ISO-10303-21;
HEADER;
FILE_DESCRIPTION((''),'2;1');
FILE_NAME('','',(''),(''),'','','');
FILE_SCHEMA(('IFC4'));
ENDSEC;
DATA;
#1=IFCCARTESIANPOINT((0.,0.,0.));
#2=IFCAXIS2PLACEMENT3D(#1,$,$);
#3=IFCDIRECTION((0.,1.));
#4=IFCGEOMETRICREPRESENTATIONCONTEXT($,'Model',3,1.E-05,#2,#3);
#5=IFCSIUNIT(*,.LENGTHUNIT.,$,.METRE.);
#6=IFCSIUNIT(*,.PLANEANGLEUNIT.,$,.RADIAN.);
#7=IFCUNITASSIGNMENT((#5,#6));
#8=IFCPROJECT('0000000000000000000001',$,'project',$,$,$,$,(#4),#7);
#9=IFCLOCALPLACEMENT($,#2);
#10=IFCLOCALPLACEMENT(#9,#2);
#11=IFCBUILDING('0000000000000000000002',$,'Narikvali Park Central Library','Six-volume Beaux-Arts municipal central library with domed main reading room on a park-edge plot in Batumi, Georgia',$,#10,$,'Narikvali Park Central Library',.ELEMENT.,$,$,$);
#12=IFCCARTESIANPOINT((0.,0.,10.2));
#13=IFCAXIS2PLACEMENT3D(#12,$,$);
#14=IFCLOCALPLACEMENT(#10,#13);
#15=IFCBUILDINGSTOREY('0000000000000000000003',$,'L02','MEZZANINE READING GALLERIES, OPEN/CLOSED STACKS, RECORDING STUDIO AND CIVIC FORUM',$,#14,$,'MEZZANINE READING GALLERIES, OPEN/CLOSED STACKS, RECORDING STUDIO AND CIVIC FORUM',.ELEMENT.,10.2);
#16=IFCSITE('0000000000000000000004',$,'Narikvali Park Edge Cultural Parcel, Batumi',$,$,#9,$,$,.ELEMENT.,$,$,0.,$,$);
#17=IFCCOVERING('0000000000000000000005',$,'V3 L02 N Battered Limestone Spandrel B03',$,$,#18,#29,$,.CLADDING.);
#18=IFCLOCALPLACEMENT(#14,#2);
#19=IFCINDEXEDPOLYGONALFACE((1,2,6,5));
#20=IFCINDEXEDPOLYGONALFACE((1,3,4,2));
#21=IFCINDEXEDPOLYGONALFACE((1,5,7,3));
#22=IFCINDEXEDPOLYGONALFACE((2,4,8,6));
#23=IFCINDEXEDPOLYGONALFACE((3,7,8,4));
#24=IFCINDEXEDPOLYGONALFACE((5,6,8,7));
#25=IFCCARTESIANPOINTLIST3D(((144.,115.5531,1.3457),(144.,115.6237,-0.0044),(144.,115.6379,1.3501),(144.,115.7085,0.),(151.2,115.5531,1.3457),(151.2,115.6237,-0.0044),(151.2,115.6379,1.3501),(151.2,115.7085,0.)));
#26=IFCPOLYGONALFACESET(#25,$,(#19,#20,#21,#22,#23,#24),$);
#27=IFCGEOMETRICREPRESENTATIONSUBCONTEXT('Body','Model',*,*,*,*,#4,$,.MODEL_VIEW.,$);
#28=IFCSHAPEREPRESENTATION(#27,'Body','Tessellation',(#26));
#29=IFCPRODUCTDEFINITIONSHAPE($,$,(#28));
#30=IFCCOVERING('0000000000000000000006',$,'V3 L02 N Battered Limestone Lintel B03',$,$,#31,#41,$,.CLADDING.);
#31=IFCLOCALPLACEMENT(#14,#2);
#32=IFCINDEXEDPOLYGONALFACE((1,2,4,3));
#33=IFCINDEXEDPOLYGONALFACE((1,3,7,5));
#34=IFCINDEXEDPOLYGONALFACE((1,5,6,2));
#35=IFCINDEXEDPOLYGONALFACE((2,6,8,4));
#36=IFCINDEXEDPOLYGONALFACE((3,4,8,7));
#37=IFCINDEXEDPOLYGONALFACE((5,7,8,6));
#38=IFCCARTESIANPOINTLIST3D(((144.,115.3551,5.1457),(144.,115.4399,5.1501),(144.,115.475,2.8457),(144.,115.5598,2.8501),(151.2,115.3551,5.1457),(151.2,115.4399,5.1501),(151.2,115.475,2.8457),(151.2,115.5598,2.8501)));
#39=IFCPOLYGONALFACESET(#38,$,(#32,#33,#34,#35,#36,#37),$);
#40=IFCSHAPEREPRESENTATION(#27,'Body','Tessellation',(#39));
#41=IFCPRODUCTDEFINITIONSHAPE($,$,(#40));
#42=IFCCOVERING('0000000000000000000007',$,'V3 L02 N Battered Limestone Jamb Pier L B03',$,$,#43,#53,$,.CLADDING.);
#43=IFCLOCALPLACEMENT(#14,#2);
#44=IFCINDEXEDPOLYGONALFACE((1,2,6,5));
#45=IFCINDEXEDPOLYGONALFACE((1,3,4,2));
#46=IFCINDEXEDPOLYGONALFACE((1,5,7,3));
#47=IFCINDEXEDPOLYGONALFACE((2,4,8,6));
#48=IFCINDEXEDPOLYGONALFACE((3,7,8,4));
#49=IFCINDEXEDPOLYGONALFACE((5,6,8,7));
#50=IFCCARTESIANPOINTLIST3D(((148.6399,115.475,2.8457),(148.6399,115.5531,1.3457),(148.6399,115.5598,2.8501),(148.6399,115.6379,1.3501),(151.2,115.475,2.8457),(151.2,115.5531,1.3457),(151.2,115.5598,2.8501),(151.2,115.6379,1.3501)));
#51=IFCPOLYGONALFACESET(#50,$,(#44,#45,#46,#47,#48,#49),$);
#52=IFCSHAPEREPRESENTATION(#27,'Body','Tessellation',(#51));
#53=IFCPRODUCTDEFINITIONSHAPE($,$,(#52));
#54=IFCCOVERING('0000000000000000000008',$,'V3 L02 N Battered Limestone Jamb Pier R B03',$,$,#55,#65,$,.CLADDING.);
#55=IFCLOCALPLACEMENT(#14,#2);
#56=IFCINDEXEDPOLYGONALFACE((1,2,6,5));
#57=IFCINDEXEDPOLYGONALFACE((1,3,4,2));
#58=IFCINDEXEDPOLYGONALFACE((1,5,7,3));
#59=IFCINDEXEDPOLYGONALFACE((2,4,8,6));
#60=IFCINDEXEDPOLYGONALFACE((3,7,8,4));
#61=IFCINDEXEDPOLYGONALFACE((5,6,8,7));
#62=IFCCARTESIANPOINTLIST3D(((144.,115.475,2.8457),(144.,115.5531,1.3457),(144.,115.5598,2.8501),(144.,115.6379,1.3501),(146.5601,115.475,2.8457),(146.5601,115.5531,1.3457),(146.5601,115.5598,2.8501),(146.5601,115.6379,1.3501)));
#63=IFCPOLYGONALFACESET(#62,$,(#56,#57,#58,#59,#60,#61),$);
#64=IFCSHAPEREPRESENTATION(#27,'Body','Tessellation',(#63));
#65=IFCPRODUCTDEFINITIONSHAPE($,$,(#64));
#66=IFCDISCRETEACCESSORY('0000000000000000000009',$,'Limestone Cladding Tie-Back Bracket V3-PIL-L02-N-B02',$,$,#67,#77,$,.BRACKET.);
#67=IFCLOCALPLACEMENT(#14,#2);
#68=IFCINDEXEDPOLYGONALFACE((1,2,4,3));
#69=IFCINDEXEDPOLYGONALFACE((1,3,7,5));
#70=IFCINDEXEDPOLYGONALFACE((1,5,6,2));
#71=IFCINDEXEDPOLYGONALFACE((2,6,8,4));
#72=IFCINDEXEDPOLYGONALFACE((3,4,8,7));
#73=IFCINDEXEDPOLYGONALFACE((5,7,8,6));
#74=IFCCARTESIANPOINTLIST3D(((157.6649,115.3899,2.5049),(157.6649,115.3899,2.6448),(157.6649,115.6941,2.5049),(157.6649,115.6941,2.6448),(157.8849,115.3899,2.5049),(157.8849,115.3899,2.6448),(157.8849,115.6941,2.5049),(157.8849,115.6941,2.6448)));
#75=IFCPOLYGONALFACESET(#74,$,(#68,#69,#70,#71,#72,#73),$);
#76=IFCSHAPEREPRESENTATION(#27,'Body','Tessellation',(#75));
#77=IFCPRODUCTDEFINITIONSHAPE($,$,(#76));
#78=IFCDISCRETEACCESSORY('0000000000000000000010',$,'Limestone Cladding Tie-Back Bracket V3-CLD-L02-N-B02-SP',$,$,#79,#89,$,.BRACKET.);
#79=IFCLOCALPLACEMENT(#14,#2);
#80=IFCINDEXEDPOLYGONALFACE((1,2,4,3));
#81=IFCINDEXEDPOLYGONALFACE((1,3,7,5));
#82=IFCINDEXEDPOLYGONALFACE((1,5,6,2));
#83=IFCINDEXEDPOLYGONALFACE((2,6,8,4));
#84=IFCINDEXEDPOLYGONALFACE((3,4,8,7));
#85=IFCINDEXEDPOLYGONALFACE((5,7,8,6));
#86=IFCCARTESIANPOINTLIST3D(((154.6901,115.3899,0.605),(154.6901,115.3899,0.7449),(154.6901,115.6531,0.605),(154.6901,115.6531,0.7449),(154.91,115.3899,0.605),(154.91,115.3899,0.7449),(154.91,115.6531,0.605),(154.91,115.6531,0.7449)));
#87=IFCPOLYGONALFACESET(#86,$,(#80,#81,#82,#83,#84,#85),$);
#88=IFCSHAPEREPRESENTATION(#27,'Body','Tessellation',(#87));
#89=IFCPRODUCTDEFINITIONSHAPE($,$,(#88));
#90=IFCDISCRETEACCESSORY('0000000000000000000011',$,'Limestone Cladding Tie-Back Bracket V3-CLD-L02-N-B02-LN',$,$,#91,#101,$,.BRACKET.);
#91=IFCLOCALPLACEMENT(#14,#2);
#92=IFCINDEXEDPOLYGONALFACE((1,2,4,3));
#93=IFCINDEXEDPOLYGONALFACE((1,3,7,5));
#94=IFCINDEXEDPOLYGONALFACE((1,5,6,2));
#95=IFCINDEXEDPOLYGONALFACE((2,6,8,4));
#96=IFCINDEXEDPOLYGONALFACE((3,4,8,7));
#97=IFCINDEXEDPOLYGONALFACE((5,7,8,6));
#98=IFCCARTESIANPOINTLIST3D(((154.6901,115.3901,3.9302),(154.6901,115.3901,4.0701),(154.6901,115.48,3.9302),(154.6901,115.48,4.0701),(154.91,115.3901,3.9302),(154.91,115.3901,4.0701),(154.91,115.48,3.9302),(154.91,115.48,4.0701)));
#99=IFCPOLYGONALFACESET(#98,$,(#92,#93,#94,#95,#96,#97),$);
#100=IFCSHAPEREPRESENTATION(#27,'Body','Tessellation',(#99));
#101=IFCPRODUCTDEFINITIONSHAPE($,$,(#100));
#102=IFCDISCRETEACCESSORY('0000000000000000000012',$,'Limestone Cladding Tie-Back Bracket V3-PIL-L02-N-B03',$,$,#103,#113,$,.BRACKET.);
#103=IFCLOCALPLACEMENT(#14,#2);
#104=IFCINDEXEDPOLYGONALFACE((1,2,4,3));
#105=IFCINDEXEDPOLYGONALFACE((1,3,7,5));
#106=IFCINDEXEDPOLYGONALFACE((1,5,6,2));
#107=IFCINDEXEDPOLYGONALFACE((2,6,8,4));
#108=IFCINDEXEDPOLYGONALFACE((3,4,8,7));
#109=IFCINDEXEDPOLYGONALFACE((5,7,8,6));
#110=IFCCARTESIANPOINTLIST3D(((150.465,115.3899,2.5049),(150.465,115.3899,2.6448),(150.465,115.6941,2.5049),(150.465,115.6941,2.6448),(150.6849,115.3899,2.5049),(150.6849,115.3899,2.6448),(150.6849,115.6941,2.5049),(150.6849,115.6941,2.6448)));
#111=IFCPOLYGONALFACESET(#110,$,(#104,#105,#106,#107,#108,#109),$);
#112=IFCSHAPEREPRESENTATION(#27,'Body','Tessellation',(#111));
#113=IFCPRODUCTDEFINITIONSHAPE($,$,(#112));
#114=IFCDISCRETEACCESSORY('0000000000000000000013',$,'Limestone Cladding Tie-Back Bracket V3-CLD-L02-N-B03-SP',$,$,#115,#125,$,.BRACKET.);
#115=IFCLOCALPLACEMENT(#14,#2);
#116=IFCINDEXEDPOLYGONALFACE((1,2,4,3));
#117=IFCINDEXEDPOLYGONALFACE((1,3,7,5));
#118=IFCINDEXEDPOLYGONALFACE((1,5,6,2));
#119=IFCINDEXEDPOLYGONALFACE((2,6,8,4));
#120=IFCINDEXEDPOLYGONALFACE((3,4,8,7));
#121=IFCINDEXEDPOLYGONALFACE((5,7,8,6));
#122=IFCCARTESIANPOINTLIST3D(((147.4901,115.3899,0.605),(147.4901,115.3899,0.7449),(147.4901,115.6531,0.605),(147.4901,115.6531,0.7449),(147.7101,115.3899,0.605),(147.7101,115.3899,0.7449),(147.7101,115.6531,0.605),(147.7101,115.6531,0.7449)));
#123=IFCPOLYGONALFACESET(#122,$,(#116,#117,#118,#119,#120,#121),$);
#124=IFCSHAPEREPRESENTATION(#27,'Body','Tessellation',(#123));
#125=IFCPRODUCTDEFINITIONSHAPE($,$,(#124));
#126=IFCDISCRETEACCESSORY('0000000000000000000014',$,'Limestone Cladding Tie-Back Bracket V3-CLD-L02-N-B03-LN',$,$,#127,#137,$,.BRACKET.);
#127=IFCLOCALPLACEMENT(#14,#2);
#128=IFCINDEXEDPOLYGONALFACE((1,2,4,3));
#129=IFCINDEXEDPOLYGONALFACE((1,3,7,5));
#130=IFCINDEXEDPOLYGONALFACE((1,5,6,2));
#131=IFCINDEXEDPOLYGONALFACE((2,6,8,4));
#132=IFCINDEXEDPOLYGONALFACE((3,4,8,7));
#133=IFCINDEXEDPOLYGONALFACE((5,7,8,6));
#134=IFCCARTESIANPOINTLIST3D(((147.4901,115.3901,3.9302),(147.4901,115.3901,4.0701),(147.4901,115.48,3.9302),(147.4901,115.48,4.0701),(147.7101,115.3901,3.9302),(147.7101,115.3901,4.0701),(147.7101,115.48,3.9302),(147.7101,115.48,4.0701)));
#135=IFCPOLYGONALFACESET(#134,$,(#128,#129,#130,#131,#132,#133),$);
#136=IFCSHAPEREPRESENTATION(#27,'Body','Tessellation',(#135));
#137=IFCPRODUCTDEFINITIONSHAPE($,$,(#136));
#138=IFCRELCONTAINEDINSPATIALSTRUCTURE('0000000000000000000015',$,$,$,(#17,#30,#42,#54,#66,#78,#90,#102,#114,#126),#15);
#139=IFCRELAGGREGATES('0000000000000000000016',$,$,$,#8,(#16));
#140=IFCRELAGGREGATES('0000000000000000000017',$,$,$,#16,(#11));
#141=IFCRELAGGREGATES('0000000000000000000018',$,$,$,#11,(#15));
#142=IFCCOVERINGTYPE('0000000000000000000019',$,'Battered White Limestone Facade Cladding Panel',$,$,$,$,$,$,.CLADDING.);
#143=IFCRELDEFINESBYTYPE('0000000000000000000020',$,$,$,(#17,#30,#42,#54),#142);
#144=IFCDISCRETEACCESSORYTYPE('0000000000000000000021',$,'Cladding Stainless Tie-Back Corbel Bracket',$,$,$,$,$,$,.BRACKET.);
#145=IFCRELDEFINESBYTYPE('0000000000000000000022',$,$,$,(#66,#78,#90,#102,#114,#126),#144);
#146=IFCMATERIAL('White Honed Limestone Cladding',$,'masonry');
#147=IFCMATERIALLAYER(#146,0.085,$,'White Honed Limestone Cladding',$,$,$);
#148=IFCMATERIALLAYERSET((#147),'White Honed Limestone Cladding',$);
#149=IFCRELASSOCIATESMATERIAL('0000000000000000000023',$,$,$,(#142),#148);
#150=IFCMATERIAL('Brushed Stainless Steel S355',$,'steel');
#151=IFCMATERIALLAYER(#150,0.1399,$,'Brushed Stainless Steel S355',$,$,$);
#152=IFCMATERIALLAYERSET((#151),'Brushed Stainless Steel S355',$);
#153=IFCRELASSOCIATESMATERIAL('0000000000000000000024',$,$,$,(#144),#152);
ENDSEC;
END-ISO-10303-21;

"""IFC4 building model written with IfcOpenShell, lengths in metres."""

from ifc_helpers import new_model, si_unit, direction, frame, origin, origin_2d, place, context, subcontext, project, spatial, polyline, rectangle, outline, extrude, material, layer, layer_set, type_object, element, save


model = new_model("IFC4")

# Units and contexts
model_context = context("Model", 3, precision=1e-05, world=origin(), true_north=direction((0.0, 1.0)))
body_context = subcontext(model_context, "Body", "Model", "MODEL_VIEW")
ifc_project = project(units=[si_unit("LENGTHUNIT", "METRE"), si_unit("PLANEANGLEUNIT", "RADIAN")], contexts=[model_context])

# Site, building, storey
site_placement = place(None, origin())
site = spatial("IfcSite", under=ifc_project, at=site_placement, Name="Narikvali Park Edge Cultural Parcel, Batumi", CompositionType="ELEMENT", RefElevation=0.0)
building_placement = place(site_placement, origin())
building = spatial("IfcBuilding", under=site, at=building_placement, Name="Narikvali Park Central Library", Description="Six-volume Beaux-Arts municipal central library with domed main reading room on a park-edge plot in Batumi, Georgia", LongName="Narikvali Park Central Library", CompositionType="ELEMENT")
storey_placement = place(building_placement, frame((0.0, 0.0, 10.2)))
storey = spatial("IfcBuildingStorey", under=building, at=storey_placement, Name="L02", Description="MEZZANINE READING GALLERIES, OPEN/CLOSED STACKS, RECORDING STUDIO AND CIVIC FORUM", LongName="MEZZANINE READING GALLERIES, OPEN/CLOSED STACKS, RECORDING STUDIO AND CIVIC FORUM", CompositionType="ELEMENT", Elevation=10.2)

# Coverings
ifc_material_1 = material(Name="White Honed Limestone Cladding", Category="masonry")
ifc_layer_1 = layer(ifc_material_1, 0.085, Name="White Honed Limestone Cladding")
ifc_layer_set_1 = layer_set([ifc_layer_1], Name="White Honed Limestone Cladding")
covering_type = type_object("IfcCoveringType", Name="Battered White Limestone Facade Cladding Panel", PredefinedType="CLADDING", material=ifc_layer_set_1)
covering_1_placement = place(storey_placement, frame((151.2, 115.7085, 0.0), z_axis=(0.0, 0.998637, 0.052189), x_axis=(-1.0, 0.0, 0.0)))
element("IfcCovering", 1, at=covering_1_placement, inside=storey, type_object=covering_type, Name="V3 L02 N Battered Limestone Spandrel B03", PredefinedType="CLADDING", context=body_context, shape_type="SweptSolid", body=[
    extrude(outline(polyline([(0.0, 0.0), (7.2, 0.0), (7.2, 1.3519), (0.0, 1.3519), (0.0, 0.0)])), origin(), (0.0, 0.0, -1.0), 0.085),
])
covering_2_placement = place(storey_placement, frame((151.2, 115.5598, 2.8501), z_axis=(0.0, 0.998645, 0.052047), x_axis=(-1.0, 0.0, 0.0)))
element("IfcCovering", 2, at=covering_2_placement, inside=storey, type_object=covering_type, Name="V3 L02 N Battered Limestone Lintel B03", PredefinedType="CLADDING", context=body_context, shape_type="SweptSolid", body=[
    extrude(outline(polyline([(0.0, 0.0), (7.2, 0.0), (7.2, 2.3032), (0.0, 2.3032), (0.0, 0.0)])), origin(), (0.0, 0.0, -1.0), 0.085),
])
for number, where, z_axis, x_axis, name in (
    (3, (151.2, 115.6379, 1.3501), (0.0, 0.998646, 0.052013), (-1.0, 0.0, 0.0), "V3 L02 N Battered Limestone Jamb Pier L B03"),
    (4, (146.5601, 115.6379, 1.3501), (0.0, 0.998646, 0.052013), (-1.0, 0.0, 0.0), "V3 L02 N Battered Limestone Jamb Pier R B03"),
):
    element("IfcCovering", number, at=place(storey_placement, frame(where, z_axis=z_axis, x_axis=x_axis)), inside=storey, type_object=covering_type, Name=name, PredefinedType="CLADDING", context=body_context, shape_type="SweptSolid", body=[
        extrude(outline(polyline([(0.0, 0.0), (2.5601, 0.0), (2.5601, 1.502), (0.0, 1.502), (0.0, 0.0)])), origin(), (0.0, 0.0, -1.0), 0.085),
    ])

# Discrete accessories
ifc_material_2 = material(Name="Brushed Stainless Steel S355", Category="steel")
ifc_layer_2 = layer(ifc_material_2, 0.1399, Name="Brushed Stainless Steel S355")
ifc_layer_set_2 = layer_set([ifc_layer_2], Name="Brushed Stainless Steel S355")
discrete_accessory_type = type_object("IfcDiscreteAccessoryType", Name="Cladding Stainless Tie-Back Corbel Bracket", PredefinedType="BRACKET", material=ifc_layer_set_2)
discrete_accessory_1_placement = place(storey_placement, frame((157.7749, 115.542, 2.5049), z_axis=(0.0, 0.0, 1.0), x_axis=(1.0, 0.0, 0.0)))
element("IfcDiscreteAccessory", 5, at=discrete_accessory_1_placement, inside=storey, type_object=discrete_accessory_type, Name="Limestone Cladding Tie-Back Bracket V3-PIL-L02-N-B02", PredefinedType="BRACKET", context=body_context, shape_type="SweptSolid", body=[
    extrude(rectangle(XDim=0.22, YDim=0.3042, at=origin_2d()), origin(), (0.0, 0.0, 1.0), 0.1399),
])
discrete_accessory_2_placement = place(storey_placement, frame((154.8, 115.5215, 0.605), z_axis=(0.0, 0.0, 1.0), x_axis=(1.0, 0.0, 0.0)))
element("IfcDiscreteAccessory", 6, at=discrete_accessory_2_placement, inside=storey, type_object=discrete_accessory_type, Name="Limestone Cladding Tie-Back Bracket V3-CLD-L02-N-B02-SP", PredefinedType="BRACKET", context=body_context, shape_type="SweptSolid", body=[
    extrude(rectangle(XDim=0.22, YDim=0.2632, at=origin_2d()), origin(), (0.0, 0.0, 1.0), 0.1399),
])
discrete_accessory_3_placement = place(storey_placement, frame((154.8, 115.4351, 3.9302), z_axis=(0.0, 0.0, 1.0), x_axis=(1.0, 0.0, 0.0)))
element("IfcDiscreteAccessory", 7, at=discrete_accessory_3_placement, inside=storey, type_object=discrete_accessory_type, Name="Limestone Cladding Tie-Back Bracket V3-CLD-L02-N-B02-LN", PredefinedType="BRACKET", context=body_context, shape_type="SweptSolid", body=[
    extrude(rectangle(XDim=0.22, YDim=0.0898, at=origin_2d()), origin(), (0.0, 0.0, 1.0), 0.1399),
])
discrete_accessory_4_placement = place(storey_placement, frame((150.575, 115.542, 2.5049), z_axis=(0.0, 0.0, 1.0), x_axis=(1.0, 0.0, 0.0)))
element("IfcDiscreteAccessory", 8, at=discrete_accessory_4_placement, inside=storey, type_object=discrete_accessory_type, Name="Limestone Cladding Tie-Back Bracket V3-PIL-L02-N-B03", PredefinedType="BRACKET", context=body_context, shape_type="SweptSolid", body=[
    extrude(rectangle(XDim=0.22, YDim=0.3042, at=origin_2d()), origin(), (0.0, 0.0, 1.0), 0.1399),
])
discrete_accessory_5_placement = place(storey_placement, frame((147.6001, 115.5215, 0.605), z_axis=(0.0, 0.0, 1.0), x_axis=(1.0, 0.0, 0.0)))
element("IfcDiscreteAccessory", 9, at=discrete_accessory_5_placement, inside=storey, type_object=discrete_accessory_type, Name="Limestone Cladding Tie-Back Bracket V3-CLD-L02-N-B03-SP", PredefinedType="BRACKET", context=body_context, shape_type="SweptSolid", body=[
    extrude(rectangle(XDim=0.22, YDim=0.2632, at=origin_2d()), origin(), (0.0, 0.0, 1.0), 0.1399),
])
discrete_accessory_6_placement = place(storey_placement, frame((147.6001, 115.4351, 3.9302), z_axis=(0.0, 0.0, 1.0), x_axis=(1.0, 0.0, 0.0)))
element("IfcDiscreteAccessory", 10, at=discrete_accessory_6_placement, inside=storey, type_object=discrete_accessory_type, Name="Limestone Cladding Tie-Back Bracket V3-CLD-L02-N-B03-LN", PredefinedType="BRACKET", context=body_context, shape_type="SweptSolid", body=[
    extrude(rectangle(XDim=0.22, YDim=0.0898, at=origin_2d()), origin(), (0.0, 0.0, 1.0), 0.1399),
])

save(model, "model.ifc")
